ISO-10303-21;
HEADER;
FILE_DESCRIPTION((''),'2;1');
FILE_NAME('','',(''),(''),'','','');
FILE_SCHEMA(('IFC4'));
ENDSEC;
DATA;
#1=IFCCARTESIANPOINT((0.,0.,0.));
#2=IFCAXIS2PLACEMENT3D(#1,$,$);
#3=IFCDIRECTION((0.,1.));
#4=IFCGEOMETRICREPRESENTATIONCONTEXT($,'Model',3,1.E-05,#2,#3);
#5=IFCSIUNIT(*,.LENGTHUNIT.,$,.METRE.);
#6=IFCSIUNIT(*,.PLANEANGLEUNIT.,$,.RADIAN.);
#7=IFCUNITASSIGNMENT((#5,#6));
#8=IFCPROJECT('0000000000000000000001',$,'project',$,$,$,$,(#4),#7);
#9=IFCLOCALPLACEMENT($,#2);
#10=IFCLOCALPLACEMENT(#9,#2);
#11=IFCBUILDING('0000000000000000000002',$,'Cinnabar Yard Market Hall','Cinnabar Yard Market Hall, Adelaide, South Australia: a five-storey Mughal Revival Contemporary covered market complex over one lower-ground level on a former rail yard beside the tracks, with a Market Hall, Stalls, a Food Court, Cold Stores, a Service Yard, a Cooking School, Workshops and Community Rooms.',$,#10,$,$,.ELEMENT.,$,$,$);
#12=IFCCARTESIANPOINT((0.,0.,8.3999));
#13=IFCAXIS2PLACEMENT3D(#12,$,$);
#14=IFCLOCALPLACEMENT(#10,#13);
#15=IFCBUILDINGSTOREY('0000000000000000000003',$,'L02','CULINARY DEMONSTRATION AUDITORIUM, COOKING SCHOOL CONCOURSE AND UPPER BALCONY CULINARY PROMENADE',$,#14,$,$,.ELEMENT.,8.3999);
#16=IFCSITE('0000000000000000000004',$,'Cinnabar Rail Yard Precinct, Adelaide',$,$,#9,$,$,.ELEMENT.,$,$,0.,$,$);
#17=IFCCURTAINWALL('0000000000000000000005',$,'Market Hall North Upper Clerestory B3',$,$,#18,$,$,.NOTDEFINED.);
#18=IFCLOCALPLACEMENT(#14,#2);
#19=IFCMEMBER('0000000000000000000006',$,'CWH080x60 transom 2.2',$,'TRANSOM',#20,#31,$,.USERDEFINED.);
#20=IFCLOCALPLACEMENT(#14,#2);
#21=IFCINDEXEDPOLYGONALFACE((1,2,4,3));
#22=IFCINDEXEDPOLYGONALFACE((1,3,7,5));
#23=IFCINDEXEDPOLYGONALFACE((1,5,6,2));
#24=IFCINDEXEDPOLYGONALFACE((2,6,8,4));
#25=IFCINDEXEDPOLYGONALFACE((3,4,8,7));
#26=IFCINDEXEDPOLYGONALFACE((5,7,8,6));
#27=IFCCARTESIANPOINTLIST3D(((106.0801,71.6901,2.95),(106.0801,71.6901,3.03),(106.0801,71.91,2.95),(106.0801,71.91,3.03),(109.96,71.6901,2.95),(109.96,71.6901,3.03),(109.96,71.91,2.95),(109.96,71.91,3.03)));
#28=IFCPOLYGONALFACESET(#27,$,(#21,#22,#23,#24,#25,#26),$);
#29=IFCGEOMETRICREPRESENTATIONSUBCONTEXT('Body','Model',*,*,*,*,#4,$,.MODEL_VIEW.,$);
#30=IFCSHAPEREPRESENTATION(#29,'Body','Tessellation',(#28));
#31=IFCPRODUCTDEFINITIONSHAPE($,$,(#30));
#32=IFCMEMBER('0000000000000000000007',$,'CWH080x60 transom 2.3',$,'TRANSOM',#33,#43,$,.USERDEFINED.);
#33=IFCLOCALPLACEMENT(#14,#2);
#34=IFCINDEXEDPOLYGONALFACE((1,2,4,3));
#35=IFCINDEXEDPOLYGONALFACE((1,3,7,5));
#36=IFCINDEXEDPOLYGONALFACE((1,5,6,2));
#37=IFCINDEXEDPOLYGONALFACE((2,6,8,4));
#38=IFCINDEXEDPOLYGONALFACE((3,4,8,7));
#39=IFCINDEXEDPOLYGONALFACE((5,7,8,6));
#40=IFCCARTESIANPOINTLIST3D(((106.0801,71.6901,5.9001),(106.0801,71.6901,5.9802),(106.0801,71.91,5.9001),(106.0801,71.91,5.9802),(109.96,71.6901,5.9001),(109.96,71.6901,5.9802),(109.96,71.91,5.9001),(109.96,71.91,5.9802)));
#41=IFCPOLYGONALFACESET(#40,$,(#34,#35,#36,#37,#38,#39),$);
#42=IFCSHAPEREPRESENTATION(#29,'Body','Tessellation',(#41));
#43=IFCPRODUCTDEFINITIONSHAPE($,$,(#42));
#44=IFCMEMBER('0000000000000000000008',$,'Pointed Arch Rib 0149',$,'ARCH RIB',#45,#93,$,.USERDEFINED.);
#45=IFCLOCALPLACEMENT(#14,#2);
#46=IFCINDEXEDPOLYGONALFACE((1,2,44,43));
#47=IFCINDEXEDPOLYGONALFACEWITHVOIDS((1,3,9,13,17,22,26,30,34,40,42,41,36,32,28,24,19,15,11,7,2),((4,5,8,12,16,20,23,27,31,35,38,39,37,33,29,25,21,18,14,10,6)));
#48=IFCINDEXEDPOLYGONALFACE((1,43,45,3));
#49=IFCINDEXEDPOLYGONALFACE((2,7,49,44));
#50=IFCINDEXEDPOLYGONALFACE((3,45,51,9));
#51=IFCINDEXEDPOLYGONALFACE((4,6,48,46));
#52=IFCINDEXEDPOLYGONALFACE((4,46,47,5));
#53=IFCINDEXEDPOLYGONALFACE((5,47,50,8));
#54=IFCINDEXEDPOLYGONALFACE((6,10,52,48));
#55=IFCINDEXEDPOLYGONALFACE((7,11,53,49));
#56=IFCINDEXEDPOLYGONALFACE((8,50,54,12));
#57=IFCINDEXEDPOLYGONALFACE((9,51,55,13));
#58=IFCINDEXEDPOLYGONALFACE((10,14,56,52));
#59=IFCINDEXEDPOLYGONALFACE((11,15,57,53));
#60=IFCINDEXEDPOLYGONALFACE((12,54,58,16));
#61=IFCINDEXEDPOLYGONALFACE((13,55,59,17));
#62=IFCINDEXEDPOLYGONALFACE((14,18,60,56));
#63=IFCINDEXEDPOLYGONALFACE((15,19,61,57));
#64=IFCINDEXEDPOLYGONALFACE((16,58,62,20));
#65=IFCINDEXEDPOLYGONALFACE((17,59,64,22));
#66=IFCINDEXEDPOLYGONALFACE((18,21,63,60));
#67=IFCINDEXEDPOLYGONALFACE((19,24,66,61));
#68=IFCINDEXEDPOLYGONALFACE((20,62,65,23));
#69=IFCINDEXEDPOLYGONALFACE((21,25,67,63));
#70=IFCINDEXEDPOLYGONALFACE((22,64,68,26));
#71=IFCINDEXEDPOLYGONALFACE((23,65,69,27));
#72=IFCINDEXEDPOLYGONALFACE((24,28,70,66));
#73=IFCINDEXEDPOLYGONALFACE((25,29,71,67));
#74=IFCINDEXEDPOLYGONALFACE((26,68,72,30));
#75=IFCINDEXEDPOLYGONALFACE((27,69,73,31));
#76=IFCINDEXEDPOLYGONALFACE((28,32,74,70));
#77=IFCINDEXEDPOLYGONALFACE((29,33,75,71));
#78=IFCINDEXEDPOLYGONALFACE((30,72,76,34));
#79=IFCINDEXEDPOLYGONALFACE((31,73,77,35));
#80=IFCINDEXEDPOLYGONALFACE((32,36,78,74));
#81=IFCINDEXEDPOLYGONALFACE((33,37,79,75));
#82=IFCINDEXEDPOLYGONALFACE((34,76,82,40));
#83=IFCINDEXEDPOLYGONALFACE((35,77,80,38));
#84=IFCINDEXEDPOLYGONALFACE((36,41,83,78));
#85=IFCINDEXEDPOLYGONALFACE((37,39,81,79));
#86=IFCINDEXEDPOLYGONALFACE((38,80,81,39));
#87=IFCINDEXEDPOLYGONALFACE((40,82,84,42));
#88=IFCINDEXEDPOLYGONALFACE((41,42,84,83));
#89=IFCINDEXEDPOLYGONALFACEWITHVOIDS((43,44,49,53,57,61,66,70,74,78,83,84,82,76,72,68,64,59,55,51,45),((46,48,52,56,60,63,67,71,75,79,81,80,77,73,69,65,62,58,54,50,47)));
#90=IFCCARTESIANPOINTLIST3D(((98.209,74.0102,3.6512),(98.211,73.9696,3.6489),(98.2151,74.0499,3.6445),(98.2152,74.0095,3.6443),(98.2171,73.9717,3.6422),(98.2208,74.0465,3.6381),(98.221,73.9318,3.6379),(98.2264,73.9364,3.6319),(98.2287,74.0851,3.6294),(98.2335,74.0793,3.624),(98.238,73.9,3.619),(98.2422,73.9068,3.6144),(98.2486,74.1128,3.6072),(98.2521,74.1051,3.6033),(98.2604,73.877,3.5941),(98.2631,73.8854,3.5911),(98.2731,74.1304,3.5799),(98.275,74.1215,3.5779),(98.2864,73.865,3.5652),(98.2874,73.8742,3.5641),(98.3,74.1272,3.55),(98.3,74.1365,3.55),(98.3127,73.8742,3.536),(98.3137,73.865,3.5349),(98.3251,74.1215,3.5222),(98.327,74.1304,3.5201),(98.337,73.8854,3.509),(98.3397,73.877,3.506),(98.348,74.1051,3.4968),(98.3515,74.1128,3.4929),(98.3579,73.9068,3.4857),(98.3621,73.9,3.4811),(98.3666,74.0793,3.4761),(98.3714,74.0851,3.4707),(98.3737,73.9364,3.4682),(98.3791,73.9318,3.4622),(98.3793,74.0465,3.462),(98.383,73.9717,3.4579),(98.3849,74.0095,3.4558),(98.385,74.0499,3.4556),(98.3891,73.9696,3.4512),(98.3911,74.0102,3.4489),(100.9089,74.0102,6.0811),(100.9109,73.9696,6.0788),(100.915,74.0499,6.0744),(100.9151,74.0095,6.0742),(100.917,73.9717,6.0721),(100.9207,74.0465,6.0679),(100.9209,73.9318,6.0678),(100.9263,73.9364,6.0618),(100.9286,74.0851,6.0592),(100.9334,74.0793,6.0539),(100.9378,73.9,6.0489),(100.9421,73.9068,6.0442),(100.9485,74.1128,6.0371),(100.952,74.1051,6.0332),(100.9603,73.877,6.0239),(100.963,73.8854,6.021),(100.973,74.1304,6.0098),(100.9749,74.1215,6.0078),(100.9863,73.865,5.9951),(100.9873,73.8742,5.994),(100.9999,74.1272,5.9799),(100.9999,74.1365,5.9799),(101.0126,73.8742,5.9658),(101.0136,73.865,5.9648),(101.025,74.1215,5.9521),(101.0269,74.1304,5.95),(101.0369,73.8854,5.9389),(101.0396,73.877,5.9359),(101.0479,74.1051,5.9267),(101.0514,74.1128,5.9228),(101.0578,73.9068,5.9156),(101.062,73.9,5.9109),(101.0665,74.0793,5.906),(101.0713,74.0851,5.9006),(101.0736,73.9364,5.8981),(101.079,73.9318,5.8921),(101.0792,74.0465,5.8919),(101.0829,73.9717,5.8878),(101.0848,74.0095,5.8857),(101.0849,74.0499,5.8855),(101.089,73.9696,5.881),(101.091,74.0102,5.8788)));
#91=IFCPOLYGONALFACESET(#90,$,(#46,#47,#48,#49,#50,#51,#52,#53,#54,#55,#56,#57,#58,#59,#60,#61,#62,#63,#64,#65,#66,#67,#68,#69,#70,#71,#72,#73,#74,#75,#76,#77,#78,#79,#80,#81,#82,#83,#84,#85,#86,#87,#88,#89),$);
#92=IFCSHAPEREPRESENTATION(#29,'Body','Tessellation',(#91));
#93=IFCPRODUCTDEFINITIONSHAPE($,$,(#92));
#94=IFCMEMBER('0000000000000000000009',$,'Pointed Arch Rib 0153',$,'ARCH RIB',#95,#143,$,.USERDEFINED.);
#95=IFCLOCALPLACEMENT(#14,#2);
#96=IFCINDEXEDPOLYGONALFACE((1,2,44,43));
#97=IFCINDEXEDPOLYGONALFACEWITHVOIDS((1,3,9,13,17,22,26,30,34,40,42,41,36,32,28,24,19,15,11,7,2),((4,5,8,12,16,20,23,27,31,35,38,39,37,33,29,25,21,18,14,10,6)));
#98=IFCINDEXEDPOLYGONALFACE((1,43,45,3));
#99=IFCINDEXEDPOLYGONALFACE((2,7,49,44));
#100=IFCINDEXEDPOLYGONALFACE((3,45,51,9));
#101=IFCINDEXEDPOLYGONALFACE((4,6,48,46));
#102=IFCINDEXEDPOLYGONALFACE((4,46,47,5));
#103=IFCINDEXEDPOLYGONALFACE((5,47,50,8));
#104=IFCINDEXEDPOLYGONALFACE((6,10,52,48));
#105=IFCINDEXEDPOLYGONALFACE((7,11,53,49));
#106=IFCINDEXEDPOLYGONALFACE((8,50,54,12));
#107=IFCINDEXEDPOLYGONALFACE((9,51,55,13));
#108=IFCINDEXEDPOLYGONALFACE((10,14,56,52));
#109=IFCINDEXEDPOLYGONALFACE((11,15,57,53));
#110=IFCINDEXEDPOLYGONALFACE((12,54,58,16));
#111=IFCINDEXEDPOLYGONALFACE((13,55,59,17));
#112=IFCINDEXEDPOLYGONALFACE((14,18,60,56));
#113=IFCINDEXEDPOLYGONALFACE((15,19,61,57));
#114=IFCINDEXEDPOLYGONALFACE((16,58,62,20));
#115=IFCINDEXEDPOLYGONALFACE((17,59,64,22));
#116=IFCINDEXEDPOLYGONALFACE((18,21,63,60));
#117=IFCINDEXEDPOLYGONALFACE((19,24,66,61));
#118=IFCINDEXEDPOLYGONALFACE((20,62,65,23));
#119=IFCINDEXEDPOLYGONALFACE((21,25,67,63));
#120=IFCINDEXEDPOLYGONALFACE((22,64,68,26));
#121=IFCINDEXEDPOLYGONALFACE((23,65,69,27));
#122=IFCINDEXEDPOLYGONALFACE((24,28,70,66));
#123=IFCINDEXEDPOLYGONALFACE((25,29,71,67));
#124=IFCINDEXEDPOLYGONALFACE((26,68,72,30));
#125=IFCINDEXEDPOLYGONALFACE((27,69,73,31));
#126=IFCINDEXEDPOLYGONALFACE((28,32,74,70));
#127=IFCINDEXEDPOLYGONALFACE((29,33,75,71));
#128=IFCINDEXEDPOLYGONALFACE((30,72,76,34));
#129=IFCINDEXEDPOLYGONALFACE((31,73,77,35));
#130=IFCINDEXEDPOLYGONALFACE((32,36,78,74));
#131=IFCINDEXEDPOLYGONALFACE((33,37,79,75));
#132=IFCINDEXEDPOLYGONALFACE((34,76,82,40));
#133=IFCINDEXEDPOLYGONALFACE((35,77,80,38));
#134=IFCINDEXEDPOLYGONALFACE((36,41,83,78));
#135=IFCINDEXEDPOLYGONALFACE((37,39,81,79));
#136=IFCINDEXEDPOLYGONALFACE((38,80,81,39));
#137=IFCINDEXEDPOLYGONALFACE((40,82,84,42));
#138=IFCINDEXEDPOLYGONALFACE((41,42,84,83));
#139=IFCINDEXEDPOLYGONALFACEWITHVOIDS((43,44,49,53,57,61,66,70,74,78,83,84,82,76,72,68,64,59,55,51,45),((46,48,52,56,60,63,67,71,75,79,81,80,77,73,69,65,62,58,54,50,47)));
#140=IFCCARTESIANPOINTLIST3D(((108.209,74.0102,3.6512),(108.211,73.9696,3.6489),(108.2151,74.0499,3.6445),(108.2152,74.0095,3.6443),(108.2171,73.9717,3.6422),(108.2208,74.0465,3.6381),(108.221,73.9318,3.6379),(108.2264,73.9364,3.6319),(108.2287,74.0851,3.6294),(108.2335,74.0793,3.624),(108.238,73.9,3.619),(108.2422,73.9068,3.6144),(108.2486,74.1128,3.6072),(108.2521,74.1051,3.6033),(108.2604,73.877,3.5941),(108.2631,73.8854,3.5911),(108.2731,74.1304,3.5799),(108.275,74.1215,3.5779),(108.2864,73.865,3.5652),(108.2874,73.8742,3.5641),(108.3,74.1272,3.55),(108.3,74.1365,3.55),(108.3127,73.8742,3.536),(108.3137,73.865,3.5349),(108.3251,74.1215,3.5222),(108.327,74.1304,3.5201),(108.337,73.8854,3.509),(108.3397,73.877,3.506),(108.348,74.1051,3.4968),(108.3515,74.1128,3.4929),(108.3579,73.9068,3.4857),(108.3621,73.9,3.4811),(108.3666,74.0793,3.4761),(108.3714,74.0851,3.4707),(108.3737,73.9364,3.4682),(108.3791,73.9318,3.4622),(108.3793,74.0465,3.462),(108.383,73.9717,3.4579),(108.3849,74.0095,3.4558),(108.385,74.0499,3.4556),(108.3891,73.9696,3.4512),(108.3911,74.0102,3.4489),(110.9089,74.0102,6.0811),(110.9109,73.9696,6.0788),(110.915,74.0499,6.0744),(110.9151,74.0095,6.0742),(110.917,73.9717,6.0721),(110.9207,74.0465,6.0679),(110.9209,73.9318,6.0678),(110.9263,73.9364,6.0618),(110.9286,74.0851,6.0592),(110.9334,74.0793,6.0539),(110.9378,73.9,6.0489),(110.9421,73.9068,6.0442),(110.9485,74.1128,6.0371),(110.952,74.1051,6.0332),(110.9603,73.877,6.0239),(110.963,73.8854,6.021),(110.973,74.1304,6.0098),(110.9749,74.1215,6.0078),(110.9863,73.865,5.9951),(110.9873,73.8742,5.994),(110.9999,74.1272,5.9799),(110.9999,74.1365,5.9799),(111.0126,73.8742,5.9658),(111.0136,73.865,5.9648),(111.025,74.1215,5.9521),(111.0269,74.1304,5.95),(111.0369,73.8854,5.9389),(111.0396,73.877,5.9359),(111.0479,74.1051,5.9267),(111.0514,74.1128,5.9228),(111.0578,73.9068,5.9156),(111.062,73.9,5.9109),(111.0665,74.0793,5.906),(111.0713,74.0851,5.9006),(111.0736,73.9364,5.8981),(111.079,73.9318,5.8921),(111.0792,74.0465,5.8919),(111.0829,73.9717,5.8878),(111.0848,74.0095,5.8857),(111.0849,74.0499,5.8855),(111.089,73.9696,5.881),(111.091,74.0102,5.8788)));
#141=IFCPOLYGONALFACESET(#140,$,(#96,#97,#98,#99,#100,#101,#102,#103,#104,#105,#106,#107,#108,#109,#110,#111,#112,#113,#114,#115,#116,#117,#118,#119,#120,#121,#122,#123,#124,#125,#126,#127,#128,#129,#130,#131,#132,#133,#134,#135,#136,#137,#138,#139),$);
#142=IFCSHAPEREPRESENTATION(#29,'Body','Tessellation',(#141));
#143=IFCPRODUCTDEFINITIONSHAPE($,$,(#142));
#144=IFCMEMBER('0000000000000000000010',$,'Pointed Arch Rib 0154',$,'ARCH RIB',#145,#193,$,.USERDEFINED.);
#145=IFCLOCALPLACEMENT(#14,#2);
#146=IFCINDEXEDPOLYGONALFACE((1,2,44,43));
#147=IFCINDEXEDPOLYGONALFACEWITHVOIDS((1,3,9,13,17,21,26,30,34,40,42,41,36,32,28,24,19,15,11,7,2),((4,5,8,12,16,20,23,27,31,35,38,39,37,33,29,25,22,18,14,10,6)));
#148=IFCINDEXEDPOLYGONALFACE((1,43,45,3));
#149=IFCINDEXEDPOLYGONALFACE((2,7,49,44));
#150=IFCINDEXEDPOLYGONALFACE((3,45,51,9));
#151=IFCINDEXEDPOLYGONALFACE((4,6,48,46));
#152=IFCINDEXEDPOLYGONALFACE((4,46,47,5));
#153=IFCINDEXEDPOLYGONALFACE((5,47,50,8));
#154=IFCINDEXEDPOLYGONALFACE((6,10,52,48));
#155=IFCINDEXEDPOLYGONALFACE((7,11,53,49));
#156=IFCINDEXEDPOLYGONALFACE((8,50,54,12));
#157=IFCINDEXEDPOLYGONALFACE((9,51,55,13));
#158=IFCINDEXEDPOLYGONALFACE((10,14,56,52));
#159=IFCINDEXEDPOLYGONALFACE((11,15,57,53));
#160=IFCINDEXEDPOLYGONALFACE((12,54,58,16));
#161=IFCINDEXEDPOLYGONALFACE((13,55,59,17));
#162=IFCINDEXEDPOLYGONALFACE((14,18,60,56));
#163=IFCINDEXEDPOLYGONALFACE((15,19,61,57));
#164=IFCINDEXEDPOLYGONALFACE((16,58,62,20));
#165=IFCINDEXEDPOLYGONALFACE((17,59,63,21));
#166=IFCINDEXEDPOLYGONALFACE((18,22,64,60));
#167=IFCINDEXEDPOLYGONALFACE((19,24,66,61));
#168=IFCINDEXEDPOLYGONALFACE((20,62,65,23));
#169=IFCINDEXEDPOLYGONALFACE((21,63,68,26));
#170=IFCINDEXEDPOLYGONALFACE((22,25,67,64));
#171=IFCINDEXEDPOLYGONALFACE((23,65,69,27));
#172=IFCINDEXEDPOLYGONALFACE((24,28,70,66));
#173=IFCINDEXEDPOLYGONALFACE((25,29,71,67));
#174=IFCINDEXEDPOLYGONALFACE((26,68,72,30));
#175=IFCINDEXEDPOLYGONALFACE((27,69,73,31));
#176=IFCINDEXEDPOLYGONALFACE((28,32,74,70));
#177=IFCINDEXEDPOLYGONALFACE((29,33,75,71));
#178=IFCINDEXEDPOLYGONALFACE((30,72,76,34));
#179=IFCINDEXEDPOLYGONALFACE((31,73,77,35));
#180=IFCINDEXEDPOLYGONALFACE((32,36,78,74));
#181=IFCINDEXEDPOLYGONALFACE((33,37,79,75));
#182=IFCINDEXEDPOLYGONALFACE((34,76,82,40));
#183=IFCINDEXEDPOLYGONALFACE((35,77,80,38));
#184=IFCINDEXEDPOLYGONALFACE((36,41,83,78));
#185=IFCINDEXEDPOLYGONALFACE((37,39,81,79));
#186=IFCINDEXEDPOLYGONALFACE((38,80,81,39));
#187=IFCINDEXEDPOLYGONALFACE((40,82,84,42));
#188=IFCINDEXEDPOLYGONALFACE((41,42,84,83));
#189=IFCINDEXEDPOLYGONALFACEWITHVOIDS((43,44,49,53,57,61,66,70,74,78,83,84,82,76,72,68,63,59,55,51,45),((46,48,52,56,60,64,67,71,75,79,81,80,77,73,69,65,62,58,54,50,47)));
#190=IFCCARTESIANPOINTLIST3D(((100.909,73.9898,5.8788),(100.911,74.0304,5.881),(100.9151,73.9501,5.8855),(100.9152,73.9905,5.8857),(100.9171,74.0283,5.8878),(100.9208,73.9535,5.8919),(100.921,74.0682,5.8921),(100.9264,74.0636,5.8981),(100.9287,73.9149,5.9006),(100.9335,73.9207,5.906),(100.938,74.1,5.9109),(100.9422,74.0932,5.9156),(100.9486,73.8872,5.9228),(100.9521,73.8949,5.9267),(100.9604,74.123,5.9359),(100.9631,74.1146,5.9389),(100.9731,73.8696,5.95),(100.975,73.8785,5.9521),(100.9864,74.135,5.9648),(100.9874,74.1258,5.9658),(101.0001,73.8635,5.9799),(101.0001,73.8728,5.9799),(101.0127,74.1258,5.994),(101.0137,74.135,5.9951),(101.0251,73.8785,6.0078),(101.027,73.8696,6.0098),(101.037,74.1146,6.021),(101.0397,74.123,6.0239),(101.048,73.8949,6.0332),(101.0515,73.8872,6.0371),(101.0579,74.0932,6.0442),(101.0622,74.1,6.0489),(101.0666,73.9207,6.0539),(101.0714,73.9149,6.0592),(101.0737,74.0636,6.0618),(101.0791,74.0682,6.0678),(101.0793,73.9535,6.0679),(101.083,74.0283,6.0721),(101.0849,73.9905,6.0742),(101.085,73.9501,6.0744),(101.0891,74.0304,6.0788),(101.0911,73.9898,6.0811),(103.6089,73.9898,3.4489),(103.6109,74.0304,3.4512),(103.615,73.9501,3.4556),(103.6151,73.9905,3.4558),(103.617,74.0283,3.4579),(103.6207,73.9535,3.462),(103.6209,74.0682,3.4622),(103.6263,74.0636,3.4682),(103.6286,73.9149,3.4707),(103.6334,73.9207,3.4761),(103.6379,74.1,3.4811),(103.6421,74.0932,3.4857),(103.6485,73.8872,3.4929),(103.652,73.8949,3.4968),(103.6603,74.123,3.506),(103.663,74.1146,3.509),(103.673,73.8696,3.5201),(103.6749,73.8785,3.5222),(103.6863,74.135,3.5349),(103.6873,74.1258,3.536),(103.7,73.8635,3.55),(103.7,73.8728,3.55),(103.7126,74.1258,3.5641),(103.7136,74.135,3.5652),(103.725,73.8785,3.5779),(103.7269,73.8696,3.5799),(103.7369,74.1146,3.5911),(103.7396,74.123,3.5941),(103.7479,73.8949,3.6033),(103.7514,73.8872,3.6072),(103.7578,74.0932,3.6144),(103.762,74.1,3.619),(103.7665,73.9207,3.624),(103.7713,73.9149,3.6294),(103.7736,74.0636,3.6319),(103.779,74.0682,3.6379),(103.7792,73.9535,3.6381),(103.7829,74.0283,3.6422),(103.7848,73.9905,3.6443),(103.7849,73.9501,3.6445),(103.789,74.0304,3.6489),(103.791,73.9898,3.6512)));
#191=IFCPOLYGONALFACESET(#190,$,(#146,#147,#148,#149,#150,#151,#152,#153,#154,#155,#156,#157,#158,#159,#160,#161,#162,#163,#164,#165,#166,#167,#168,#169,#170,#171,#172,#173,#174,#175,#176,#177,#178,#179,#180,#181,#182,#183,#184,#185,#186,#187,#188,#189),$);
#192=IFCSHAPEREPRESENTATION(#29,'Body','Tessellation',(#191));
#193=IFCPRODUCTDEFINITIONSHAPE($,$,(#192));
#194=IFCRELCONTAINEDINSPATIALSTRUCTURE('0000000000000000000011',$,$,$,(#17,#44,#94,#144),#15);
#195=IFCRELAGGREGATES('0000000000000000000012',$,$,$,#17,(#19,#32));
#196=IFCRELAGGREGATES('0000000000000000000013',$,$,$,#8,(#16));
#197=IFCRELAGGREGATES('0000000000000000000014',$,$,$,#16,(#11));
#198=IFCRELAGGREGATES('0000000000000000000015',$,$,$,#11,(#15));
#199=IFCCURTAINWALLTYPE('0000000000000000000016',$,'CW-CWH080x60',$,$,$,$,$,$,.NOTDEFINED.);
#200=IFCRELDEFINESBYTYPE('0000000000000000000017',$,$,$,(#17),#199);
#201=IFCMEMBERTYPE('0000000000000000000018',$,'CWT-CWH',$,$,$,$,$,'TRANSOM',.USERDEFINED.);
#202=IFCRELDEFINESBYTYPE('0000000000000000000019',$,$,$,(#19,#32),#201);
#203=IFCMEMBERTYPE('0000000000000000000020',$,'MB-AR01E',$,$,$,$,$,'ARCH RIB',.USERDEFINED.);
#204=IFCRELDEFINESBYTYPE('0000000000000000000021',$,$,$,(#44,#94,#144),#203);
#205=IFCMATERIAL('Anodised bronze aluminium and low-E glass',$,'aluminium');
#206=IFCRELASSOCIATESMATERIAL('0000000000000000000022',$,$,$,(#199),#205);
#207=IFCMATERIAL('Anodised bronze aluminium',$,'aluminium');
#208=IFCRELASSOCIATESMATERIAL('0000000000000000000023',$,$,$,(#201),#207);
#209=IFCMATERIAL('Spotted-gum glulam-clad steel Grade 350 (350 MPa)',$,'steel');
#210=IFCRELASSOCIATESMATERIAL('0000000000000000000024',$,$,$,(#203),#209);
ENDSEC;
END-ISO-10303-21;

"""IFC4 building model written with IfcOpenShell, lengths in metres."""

from ifc_helpers import new_model, si_unit, direction, frame, origin, origin_2d_with_axis, place, context, subcontext, project, spatial, rectangle, hollow_circle, extrude, material, material_profile, profile_set, type_object, element, aggregate, save


model = new_model("IFC4")

# Units and contexts
model_context = context("Model", 3, precision=1e-05, world=origin(), true_north=direction((0.0, 1.0)))
body_context = subcontext(model_context, "Body", "Model", "MODEL_VIEW")
ifc_project = project(units=[si_unit("LENGTHUNIT", "METRE"), si_unit("PLANEANGLEUNIT", "RADIAN")], contexts=[model_context])

# Site, building, storey
site_placement = place(None, origin())
site = spatial("IfcSite", under=ifc_project, at=site_placement, Name="Cinnabar Rail Yard Precinct, Adelaide", CompositionType="ELEMENT", RefElevation=0.0)
building_placement = place(site_placement, origin())
building = spatial("IfcBuilding", under=site, at=building_placement, Name="Cinnabar Yard Market Hall", Description="Cinnabar Yard Market Hall, Adelaide, South Australia: a five-storey Mughal Revival Contemporary covered market complex over one lower-ground level on a former rail yard beside the tracks, with a Market Hall, Stalls, a Food Court, Cold Stores, a Service Yard, a Cooking School, Workshops and Community Rooms.", CompositionType="ELEMENT")
storey_placement = place(building_placement, frame((0.0, 0.0, 8.3999)))
storey = spatial("IfcBuildingStorey", under=building, at=storey_placement, Name="L02", Description="CULINARY DEMONSTRATION AUDITORIUM, COOKING SCHOOL CONCOURSE AND UPPER BALCONY CULINARY PROMENADE", CompositionType="ELEMENT", Elevation=8.3999)

# Shared definitions
ifc_material_1 = material(Name="Spotted-gum glulam-clad steel Grade 350 (350 MPa)", Category="steel")

# Shared definitions
ifc_material_2 = material(Name="Anodised bronze aluminium", Category="aluminium")

# Curtain wall
ifc_material_3 = material(Name="Anodised bronze aluminium and low-E glass", Category="aluminium")
curtain_wall_type_1 = type_object("IfcCurtainWallType", Name="CW-CWH080x60", PredefinedType="NOTDEFINED", material=ifc_material_3)
curtain_wall_1_placement = place(storey_placement, origin())
curtain_wall_1 = element("IfcCurtainWall", 1, at=curtain_wall_1_placement, inside=storey, type_object=curtain_wall_type_1, Name="Market Hall North Upper Clerestory B3", PredefinedType="NOTDEFINED")

# Members
ifc_material_profile_1 = material_profile(ifc_material_2, rectangle(XDim=0.22, YDim=0.0801, at=origin_2d_with_axis()), Name="TRN-CWH")
ifc_profile_set_1 = profile_set([ifc_material_profile_1], Name="Anodised bronze aluminium")
member_type_1 = type_object("IfcMemberType", Name="CWT-CWH", ElementType="TRANSOM", PredefinedType="USERDEFINED", material=ifc_profile_set_1)
member_1_placement = place(storey_placement, frame((109.96, 71.8, 2.99), z_axis=(-1.0, 0.0, 0.0), x_axis=(0.0, -1.0, 0.0)))
member_1 = element("IfcMember", 2, at=member_1_placement, type_object=member_type_1, Name="CWH080x60 transom 2.2", ObjectType="TRANSOM", PredefinedType="USERDEFINED", context=body_context, shape_type="SweptSolid", body=[
    extrude(rectangle(XDim=0.22, YDim=0.0801, at=origin_2d_with_axis()), origin(), (0.0, 0.0, 1.0), 3.8799),
])
member_2_placement = place(storey_placement, frame((109.96, 71.8, 5.9402), z_axis=(-1.0, 0.0, 0.0), x_axis=(0.0, -1.0, 0.0)))
member_2 = element("IfcMember", 3, at=member_2_placement, type_object=member_type_1, Name="CWH080x60 transom 2.3", ObjectType="TRANSOM", PredefinedType="USERDEFINED", context=body_context, shape_type="SweptSolid", body=[
    extrude(rectangle(XDim=0.22, YDim=0.0801, at=origin_2d_with_axis()), origin(), (0.0, 0.0, 1.0), 3.8799),
])

# Members
ifc_material_profile_2 = material_profile(ifc_material_1, hollow_circle(Radius=0.1365, WallThickness=0.0093, at=origin_2d_with_axis()), Name="273.1x9.3CHS")
ifc_profile_set_2 = profile_set([ifc_material_profile_2], Name="Spotted-gum glulam-clad steel Grade 350 (350 MPa)")
member_type_2 = type_object("IfcMemberType", Name="MB-AR01E", ElementType="ARCH RIB", PredefinedType="USERDEFINED", material=ifc_profile_set_2)
for number, where, z_axis, x_axis, name in (
    (4, (98.3, 74.0, 3.55), (0.743297, 0.0, 0.668961), (0.0, 1.0, 0.0), "Pointed Arch Rib 0149"),
    (5, (108.3, 74.0, 3.55), (0.743297, 0.0, 0.668961), (0.0, 1.0, 0.0), "Pointed Arch Rib 0153"),
    (6, (103.7, 74.0, 3.55), (-0.743297, 0.0, 0.668961), (0.0, -1.0, 0.0), "Pointed Arch Rib 0154"),
):
    element("IfcMember", number, at=place(storey_placement, frame(where, z_axis=z_axis, x_axis=x_axis)), inside=storey, type_object=member_type_2, Name=name, ObjectType="ARCH RIB", PredefinedType="USERDEFINED", context=body_context, shape_type="SweptSolid", body=[
        extrude(hollow_circle(Radius=0.1365, WallThickness=0.0093, at=origin_2d_with_axis()), origin(), (0.0, 0.0, 1.0), 3.6323),
    ])

aggregate(curtain_wall_1, [member_1, member_2])

save(model, "model.ifc")
